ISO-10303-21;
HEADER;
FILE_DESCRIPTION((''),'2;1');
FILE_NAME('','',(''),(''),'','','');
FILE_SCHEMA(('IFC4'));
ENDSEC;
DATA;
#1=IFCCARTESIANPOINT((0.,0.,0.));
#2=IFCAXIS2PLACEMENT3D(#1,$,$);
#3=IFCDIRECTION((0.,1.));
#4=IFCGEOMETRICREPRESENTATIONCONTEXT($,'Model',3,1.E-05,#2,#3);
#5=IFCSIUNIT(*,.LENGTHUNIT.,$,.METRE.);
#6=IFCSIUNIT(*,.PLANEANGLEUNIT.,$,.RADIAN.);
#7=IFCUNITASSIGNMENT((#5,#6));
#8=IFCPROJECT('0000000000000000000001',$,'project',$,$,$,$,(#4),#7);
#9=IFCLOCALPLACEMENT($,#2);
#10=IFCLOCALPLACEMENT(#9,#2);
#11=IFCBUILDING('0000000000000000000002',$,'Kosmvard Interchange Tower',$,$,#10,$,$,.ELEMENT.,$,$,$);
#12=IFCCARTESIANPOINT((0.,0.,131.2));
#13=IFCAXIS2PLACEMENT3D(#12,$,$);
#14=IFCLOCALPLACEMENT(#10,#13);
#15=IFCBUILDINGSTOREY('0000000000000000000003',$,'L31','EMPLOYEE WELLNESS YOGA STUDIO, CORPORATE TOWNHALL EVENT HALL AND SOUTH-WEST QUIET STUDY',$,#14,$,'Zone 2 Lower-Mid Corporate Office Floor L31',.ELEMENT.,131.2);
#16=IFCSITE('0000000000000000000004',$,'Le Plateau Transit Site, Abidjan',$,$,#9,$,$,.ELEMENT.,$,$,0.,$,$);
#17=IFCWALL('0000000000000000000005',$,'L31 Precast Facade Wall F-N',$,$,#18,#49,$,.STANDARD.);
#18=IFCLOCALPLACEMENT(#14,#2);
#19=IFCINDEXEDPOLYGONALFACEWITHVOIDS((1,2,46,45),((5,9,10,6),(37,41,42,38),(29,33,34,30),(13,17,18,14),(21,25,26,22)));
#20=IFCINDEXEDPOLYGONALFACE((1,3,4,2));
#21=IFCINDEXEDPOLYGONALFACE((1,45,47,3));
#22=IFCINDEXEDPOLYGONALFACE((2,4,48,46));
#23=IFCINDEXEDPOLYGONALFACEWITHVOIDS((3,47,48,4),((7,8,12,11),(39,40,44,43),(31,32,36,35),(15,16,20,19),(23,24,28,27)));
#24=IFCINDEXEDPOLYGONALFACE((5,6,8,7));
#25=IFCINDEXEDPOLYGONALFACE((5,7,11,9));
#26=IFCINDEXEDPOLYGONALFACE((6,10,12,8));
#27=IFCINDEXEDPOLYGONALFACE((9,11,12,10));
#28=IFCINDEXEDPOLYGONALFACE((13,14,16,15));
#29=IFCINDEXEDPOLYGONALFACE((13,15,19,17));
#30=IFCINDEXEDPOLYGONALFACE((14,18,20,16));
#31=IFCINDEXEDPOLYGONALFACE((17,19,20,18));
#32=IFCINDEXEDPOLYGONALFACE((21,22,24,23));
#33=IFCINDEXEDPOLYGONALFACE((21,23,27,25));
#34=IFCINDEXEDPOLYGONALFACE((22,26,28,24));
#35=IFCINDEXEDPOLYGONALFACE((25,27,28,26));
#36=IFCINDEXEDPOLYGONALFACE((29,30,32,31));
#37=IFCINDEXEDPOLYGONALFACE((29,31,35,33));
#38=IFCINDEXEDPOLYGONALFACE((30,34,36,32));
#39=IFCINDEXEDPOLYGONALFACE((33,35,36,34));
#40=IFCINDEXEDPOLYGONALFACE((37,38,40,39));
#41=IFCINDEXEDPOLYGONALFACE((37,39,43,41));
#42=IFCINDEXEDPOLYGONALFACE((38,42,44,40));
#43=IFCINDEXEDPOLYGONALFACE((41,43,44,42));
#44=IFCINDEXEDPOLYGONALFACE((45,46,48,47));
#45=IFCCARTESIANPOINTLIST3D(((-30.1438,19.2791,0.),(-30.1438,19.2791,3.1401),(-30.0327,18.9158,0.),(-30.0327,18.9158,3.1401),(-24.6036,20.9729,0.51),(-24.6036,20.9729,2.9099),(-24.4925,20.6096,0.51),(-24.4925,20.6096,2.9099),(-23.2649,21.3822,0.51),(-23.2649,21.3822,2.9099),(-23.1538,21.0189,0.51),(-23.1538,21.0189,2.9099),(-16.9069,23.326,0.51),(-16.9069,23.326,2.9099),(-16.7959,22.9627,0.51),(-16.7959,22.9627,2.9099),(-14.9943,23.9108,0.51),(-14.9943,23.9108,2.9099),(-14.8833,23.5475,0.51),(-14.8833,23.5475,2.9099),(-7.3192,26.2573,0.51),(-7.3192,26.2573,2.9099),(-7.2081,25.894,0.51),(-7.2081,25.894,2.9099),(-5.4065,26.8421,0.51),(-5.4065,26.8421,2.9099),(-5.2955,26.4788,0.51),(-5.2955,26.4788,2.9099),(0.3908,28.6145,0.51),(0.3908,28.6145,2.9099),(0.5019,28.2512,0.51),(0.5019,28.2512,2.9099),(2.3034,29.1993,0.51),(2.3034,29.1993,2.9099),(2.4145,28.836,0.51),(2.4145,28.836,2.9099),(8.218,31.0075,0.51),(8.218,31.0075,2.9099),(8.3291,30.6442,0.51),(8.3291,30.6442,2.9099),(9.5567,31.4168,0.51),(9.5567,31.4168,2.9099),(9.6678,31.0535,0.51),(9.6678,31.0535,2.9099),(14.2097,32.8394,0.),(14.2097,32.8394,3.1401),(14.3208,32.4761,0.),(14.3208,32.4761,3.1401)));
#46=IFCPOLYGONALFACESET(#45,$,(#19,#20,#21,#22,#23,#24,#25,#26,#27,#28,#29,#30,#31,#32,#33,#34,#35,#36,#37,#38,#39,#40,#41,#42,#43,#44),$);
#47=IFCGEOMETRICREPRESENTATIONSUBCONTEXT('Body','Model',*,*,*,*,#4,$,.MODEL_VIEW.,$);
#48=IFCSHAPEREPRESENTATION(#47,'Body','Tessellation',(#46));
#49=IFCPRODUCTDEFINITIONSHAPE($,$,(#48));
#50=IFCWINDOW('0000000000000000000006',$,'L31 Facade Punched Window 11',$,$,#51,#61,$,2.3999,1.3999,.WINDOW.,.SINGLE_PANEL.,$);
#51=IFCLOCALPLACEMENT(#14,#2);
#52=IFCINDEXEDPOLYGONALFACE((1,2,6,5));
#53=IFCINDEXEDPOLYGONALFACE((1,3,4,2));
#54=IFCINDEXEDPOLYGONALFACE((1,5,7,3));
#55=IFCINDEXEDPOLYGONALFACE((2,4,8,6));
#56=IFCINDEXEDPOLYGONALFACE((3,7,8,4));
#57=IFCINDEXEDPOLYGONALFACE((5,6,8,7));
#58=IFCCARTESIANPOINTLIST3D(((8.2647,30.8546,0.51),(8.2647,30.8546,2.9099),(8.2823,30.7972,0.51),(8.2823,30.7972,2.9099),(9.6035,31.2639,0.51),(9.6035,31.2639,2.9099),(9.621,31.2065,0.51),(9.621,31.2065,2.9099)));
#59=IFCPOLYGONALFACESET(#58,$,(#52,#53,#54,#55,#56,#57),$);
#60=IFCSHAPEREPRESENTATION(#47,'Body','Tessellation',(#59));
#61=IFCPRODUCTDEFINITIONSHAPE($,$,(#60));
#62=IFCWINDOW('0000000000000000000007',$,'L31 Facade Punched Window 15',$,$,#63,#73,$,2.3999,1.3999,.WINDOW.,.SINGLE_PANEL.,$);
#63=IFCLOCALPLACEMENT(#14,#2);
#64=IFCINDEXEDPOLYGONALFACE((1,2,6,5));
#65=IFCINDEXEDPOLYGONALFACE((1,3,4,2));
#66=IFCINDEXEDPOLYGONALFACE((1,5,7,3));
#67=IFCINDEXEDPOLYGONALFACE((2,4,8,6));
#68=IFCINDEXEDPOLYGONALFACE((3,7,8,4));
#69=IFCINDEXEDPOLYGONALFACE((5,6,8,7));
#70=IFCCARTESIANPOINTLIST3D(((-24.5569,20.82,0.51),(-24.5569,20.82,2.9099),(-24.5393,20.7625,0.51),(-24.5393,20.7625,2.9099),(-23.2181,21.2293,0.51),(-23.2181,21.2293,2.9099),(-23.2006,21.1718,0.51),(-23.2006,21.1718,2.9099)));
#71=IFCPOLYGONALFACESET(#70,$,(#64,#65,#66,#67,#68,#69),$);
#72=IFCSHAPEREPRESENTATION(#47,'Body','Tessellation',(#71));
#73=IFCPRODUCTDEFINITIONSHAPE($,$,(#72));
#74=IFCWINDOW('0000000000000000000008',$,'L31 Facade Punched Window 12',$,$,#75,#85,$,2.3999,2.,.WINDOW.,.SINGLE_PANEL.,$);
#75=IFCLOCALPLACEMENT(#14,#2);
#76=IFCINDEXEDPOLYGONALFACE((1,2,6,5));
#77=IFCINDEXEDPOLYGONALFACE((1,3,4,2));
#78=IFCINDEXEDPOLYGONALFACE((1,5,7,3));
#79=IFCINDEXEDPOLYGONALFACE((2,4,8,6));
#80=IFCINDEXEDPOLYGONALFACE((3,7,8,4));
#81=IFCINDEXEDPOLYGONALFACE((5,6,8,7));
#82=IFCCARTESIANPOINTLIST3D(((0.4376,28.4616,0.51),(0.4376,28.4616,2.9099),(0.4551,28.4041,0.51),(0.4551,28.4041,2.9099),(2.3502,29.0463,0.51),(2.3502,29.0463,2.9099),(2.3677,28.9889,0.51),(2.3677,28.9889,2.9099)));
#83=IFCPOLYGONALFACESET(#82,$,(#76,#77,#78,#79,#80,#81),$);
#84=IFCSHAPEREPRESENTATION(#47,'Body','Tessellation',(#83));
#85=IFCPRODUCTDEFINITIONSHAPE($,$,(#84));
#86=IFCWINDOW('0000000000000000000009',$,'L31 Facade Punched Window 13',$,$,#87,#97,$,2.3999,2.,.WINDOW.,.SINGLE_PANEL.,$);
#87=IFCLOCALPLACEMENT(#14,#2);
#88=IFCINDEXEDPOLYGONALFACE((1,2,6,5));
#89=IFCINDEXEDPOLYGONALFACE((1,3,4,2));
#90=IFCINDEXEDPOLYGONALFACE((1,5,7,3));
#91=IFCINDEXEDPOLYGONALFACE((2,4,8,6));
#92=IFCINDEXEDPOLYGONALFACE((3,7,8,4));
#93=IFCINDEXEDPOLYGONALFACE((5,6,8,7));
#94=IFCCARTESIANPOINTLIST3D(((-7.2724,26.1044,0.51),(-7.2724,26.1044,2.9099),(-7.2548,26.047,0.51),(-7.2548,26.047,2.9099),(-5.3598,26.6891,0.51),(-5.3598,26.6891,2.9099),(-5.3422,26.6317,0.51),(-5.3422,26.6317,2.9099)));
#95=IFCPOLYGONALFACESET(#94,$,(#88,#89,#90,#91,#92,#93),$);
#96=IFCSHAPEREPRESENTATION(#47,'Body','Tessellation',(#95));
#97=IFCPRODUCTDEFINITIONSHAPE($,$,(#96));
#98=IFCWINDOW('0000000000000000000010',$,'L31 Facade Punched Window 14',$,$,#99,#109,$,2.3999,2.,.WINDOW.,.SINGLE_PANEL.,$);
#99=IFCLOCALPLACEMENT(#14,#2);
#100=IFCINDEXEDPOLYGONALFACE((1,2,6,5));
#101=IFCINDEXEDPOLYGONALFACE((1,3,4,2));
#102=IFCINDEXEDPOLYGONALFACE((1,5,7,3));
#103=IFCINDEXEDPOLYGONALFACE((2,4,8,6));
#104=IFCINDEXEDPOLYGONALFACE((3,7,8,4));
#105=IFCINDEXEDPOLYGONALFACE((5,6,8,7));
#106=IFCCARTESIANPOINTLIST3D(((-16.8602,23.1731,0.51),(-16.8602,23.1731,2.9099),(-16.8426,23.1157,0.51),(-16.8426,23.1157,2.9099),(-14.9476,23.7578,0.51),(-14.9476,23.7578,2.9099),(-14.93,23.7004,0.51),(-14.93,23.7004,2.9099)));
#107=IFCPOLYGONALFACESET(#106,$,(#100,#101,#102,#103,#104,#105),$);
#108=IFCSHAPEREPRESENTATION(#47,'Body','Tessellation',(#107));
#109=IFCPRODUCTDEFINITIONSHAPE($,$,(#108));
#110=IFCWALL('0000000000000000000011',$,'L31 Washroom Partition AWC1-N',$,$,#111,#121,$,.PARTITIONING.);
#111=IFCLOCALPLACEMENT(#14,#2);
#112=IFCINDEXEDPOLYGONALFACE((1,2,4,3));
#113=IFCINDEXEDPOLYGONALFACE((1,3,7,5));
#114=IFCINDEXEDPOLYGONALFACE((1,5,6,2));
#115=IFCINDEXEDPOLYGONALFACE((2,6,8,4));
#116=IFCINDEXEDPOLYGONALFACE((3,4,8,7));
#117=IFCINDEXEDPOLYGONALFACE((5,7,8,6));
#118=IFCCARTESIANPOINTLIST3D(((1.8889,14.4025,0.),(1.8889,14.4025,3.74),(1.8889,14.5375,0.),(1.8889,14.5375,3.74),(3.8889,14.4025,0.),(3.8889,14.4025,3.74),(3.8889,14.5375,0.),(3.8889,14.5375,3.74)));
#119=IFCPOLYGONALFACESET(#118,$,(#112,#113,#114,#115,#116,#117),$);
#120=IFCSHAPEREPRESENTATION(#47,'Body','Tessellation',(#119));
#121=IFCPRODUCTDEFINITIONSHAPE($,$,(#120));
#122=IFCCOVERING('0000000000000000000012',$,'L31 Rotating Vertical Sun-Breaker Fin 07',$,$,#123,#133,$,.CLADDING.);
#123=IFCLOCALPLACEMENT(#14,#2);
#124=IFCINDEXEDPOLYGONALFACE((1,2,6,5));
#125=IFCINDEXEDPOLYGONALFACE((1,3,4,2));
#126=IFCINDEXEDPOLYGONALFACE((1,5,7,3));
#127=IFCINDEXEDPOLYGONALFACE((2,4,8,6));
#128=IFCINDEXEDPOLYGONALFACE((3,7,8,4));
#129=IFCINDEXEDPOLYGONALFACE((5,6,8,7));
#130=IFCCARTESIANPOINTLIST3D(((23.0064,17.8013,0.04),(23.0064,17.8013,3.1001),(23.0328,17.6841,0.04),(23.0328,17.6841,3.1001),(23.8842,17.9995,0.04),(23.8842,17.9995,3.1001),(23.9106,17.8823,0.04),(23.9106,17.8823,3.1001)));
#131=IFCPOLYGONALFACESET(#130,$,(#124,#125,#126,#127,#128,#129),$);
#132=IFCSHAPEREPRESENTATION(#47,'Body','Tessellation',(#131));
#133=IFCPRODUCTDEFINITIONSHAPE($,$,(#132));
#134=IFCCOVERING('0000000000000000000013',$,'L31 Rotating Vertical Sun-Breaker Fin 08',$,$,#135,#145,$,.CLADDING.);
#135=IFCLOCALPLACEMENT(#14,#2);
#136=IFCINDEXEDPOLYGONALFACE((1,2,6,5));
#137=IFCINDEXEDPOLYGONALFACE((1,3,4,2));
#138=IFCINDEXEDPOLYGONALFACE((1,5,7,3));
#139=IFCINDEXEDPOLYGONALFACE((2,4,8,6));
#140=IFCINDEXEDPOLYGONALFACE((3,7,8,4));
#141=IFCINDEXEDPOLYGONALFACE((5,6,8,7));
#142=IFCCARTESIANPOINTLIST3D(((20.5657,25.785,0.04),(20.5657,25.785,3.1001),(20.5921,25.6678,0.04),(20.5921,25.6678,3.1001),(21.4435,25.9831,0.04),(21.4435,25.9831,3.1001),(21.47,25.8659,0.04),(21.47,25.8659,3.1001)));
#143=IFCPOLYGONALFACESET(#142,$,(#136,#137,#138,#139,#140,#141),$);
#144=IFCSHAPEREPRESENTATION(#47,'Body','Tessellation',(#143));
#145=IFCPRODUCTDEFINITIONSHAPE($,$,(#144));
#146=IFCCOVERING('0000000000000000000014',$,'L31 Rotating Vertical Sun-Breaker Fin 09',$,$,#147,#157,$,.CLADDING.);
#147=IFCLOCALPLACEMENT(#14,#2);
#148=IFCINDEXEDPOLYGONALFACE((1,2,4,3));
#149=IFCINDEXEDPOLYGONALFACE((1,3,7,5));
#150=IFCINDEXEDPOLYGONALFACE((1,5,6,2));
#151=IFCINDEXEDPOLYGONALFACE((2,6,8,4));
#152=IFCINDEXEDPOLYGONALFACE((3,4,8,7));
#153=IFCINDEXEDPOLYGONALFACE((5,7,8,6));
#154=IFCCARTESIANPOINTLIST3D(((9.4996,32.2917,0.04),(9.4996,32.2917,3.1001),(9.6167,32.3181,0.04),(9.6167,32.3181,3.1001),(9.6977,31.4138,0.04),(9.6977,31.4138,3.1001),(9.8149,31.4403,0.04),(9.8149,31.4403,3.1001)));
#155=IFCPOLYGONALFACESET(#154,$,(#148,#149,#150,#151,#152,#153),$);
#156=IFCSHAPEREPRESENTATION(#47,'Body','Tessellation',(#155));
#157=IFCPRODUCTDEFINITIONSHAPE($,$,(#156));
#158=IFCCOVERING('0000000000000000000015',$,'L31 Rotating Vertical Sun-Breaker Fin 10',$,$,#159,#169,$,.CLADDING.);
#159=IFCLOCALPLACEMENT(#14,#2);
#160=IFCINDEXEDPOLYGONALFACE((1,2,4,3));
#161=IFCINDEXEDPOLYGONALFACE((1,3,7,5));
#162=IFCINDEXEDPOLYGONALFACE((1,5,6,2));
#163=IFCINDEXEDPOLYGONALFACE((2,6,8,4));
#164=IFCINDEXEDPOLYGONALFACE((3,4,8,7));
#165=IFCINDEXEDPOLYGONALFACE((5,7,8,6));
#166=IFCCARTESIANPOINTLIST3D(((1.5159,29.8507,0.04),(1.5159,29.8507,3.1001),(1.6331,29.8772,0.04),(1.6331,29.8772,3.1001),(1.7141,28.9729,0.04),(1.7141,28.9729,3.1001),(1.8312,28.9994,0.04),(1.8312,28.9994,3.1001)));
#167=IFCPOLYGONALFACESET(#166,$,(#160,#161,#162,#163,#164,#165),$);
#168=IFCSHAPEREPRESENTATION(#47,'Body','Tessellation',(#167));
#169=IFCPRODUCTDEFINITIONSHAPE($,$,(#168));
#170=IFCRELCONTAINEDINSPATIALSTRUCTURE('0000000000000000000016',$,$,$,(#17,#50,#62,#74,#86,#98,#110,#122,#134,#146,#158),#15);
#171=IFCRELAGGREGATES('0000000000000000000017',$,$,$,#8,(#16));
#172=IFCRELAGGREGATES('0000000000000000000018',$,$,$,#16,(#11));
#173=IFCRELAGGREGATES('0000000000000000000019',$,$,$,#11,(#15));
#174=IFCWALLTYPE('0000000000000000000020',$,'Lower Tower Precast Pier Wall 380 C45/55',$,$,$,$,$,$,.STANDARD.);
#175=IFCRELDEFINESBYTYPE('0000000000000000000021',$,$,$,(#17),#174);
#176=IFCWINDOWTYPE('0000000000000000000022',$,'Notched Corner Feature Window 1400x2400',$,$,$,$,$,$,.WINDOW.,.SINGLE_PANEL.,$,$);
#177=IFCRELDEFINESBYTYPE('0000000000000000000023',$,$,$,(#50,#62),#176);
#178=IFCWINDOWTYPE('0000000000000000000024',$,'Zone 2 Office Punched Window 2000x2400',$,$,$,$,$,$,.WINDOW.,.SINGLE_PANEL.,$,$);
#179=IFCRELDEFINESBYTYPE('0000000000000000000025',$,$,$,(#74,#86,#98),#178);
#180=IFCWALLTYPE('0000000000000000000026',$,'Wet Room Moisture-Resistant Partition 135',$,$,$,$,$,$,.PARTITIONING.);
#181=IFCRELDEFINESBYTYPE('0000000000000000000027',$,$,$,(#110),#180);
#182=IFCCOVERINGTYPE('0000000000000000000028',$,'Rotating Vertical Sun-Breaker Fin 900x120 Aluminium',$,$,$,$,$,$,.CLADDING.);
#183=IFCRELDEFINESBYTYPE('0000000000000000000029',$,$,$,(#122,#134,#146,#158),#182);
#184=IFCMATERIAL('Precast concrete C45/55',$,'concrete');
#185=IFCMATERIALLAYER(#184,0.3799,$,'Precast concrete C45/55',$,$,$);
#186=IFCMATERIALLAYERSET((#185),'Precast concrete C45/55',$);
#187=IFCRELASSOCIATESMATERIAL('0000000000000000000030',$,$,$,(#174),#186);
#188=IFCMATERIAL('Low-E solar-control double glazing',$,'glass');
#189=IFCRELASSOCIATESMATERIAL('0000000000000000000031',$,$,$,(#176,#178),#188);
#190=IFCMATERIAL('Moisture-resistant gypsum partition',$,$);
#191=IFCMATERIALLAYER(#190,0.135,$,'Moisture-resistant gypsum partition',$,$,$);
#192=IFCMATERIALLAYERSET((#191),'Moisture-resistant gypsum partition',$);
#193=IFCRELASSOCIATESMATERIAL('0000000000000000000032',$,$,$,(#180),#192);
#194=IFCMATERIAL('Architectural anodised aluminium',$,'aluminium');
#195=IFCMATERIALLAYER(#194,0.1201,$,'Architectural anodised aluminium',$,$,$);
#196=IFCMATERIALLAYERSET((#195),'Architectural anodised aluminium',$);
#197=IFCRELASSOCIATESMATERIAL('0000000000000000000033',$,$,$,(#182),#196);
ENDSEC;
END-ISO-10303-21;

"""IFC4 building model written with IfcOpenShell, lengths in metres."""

from ifc_helpers import new_model, si_unit, direction, frame, frame_2d, origin, origin_2d, place, context, subcontext, project, spatial, rectangle, extrude, source, transform, mapped, material, layer, layer_set, type_object, element, fill, save


model = new_model("IFC4")

# Units and contexts
model_context = context("Model", 3, precision=1e-05, world=origin(), true_north=direction((0.0, 1.0)))
body_context = subcontext(model_context, "Body", "Model", "MODEL_VIEW")
ifc_project = project(units=[si_unit("LENGTHUNIT", "METRE"), si_unit("PLANEANGLEUNIT", "RADIAN")], contexts=[model_context])

# Site, building, storey
site_placement = place(None, origin())
site = spatial("IfcSite", under=ifc_project, at=site_placement, Name="Le Plateau Transit Site, Abidjan", CompositionType="ELEMENT", RefElevation=0.0)
building_placement = place(site_placement, origin())
building = spatial("IfcBuilding", under=site, at=building_placement, Name="Kosmvard Interchange Tower", CompositionType="ELEMENT")
storey_placement = place(building_placement, frame((0.0, 0.0, 131.2)))
storey = spatial("IfcBuildingStorey", under=building, at=storey_placement, Name="L31", Description="EMPLOYEE WELLNESS YOGA STUDIO, CORPORATE TOWNHALL EVENT HALL AND SOUTH-WEST QUIET STUDY", LongName="Zone 2 Lower-Mid Corporate Office Floor L31", CompositionType="ELEMENT", Elevation=131.2)

# Shared definitions
ifc_material_1 = material(Name="Precast concrete C45/55", Category="concrete")

# Shared definitions
ifc_layer_1 = layer(ifc_material_1, 0.3799, Name="Precast concrete C45/55")
ifc_layer_set_1 = layer_set([ifc_layer_1], Name="Precast concrete C45/55")
wall_type_1 = type_object("IfcWallType", Name="Lower Tower Precast Pier Wall 380 C45/55", PredefinedType="STANDARD", material=ifc_layer_set_1)

# Shared definitions
ifc_material_2 = material(Name="Low-E solar-control double glazing", Category="glass")
window_type_1 = type_object("IfcWindowType", Name="Notched Corner Feature Window 1400x2400", PartitioningType="SINGLE_PANEL", PredefinedType="WINDOW", material=ifc_material_2)
shared_shape_1 = source(origin(), body_context, "Body", "SweptSolid", [
    extrude(rectangle(XDim=1.3999, YDim=2.3999, at=frame_2d((0.7, 1.2))), frame((0.0, 0.03, 0.0), z_axis=(0.0, -1.0, 0.0), x_axis=(1.0, 0.0, 0.0)), (0.0, 0.0, 1.0), 0.0601),
])

# Wall, openings, windows
wall_1_placement = place(storey_placement, frame((14.2651, 32.6577, 0.0), z_axis=(0.0, 0.0, 1.0), x_axis=(-0.956304, -0.292373, 0.0)))
wall_1 = element("IfcWall", 1, at=wall_1_placement, inside=storey, type_object=wall_type_1, Name="L31 Precast Facade Wall F-N", PredefinedType="STANDARD", context=body_context, shape_type="SweptSolid", body=[
    extrude(rectangle(XDim=46.3801, YDim=0.3799, at=frame_2d((23.1899, 0.0))), origin(), (0.0, 0.0, 1.0), 3.1401),
])
opening_1_placement = place(wall_1_placement, frame((4.8655, 0.0, 0.51)))
opening_1 = element("IfcOpeningElement", 2, at=opening_1_placement, cuts=wall_1, PredefinedType="OPENING", context=body_context, shape_type="SweptSolid", body=[
    extrude(rectangle(XDim=1.3999, YDim=2.3999, at=frame_2d((0.7, 1.2))), frame((0.0, 0.2, 0.0), z_axis=(0.0, -1.0, 0.0), x_axis=(1.0, 0.0, 0.0)), (0.0, 0.0, 1.0), 0.3999),
])
opening_2_placement = place(wall_1_placement, frame((12.4502, 0.0, 0.51)))
opening_2 = element("IfcOpeningElement", 3, at=opening_2_placement, cuts=wall_1, PredefinedType="OPENING", context=body_context, shape_type="SweptSolid", body=[
    extrude(rectangle(XDim=2.0, YDim=2.3999, at=frame_2d((1.0, 1.2))), frame((0.0, 0.2, 0.0), z_axis=(0.0, -1.0, 0.0), x_axis=(1.0, 0.0, 0.0)), (0.0, 0.0, 1.0), 0.3999),
])
opening_3_placement = place(wall_1_placement, frame((20.5125, 0.0, 0.51)))
opening_3 = element("IfcOpeningElement", 4, at=opening_3_placement, cuts=wall_1, PredefinedType="OPENING", context=body_context, shape_type="SweptSolid", body=[
    extrude(rectangle(XDim=2.0, YDim=2.3999, at=frame_2d((1.0, 1.2))), frame((0.0, 0.2, 0.0), z_axis=(0.0, -1.0, 0.0), x_axis=(1.0, 0.0, 0.0)), (0.0, 0.0, 1.0), 0.3999),
])
opening_4_placement = place(wall_1_placement, frame((30.5383, 0.0, 0.51)))
opening_4 = element("IfcOpeningElement", 5, at=opening_4_placement, cuts=wall_1, PredefinedType="OPENING", context=body_context, shape_type="SweptSolid", body=[
    extrude(rectangle(XDim=2.0, YDim=2.3999, at=frame_2d((1.0, 1.2))), frame((0.0, 0.2, 0.0), z_axis=(0.0, -1.0, 0.0), x_axis=(1.0, 0.0, 0.0)), (0.0, 0.0, 1.0), 0.3999),
])
opening_5_placement = place(wall_1_placement, frame((39.1868, 0.0, 0.51)))
opening_5 = element("IfcOpeningElement", 6, at=opening_5_placement, cuts=wall_1, PredefinedType="OPENING", context=body_context, shape_type="SweptSolid", body=[
    extrude(rectangle(XDim=1.3999, YDim=2.3999, at=frame_2d((0.7, 1.2))), frame((0.0, 0.2, 0.0), z_axis=(0.0, -1.0, 0.0), x_axis=(1.0, 0.0, 0.0)), (0.0, 0.0, 1.0), 0.3999),
])
window_1_placement = place(opening_1_placement, origin())
window_1 = element("IfcWindow", 7, at=window_1_placement, inside=storey, type_object=window_type_1, Name="L31 Facade Punched Window 11", OverallHeight=2.3999, OverallWidth=1.3999, PartitioningType="SINGLE_PANEL", PredefinedType="WINDOW", context=body_context, shape_type="MappedRepresentation", body=[
    mapped(shared_shape_1, transform((0.0, 0.0, 0.0), scale=1.0)),
])
fill(opening_1, window_1)
window_2_placement = place(opening_5_placement, origin())
window_2 = element("IfcWindow", 8, at=window_2_placement, inside=storey, type_object=window_type_1, Name="L31 Facade Punched Window 15", OverallHeight=2.3999, OverallWidth=1.3999, PartitioningType="SINGLE_PANEL", PredefinedType="WINDOW", context=body_context, shape_type="MappedRepresentation", body=[
    mapped(shared_shape_1, transform((0.0, 0.0, 0.0), scale=1.0)),
])
fill(opening_5, window_2)
window_type_2 = type_object("IfcWindowType", Name="Zone 2 Office Punched Window 2000x2400", PartitioningType="SINGLE_PANEL", PredefinedType="WINDOW", material=ifc_material_2)
shared_shape_2 = source(origin(), body_context, "Body", "SweptSolid", [
    extrude(rectangle(XDim=2.0, YDim=2.3999, at=frame_2d((1.0, 1.2))), frame((0.0, 0.03, 0.0), z_axis=(0.0, -1.0, 0.0), x_axis=(1.0, 0.0, 0.0)), (0.0, 0.0, 1.0), 0.0601),
])
window_3_placement = place(opening_2_placement, origin())
window_3 = element("IfcWindow", 9, at=window_3_placement, inside=storey, type_object=window_type_2, Name="L31 Facade Punched Window 12", OverallHeight=2.3999, OverallWidth=2.0, PartitioningType="SINGLE_PANEL", PredefinedType="WINDOW", context=body_context, shape_type="MappedRepresentation", body=[
    mapped(shared_shape_2, transform((0.0, 0.0, 0.0), scale=1.0)),
])
fill(opening_2, window_3)
window_4_placement = place(opening_3_placement, origin())
window_4 = element("IfcWindow", 10, at=window_4_placement, inside=storey, type_object=window_type_2, Name="L31 Facade Punched Window 13", OverallHeight=2.3999, OverallWidth=2.0, PartitioningType="SINGLE_PANEL", PredefinedType="WINDOW", context=body_context, shape_type="MappedRepresentation", body=[
    mapped(shared_shape_2, transform((0.0, 0.0, 0.0), scale=1.0)),
])
fill(opening_3, window_4)
window_5_placement = place(opening_4_placement, origin())
window_5 = element("IfcWindow", 11, at=window_5_placement, inside=storey, type_object=window_type_2, Name="L31 Facade Punched Window 14", OverallHeight=2.3999, OverallWidth=2.0, PartitioningType="SINGLE_PANEL", PredefinedType="WINDOW", context=body_context, shape_type="MappedRepresentation", body=[
    mapped(shared_shape_2, transform((0.0, 0.0, 0.0), scale=1.0)),
])
fill(opening_4, window_5)

# Wall
ifc_material_3 = material(Name="Moisture-resistant gypsum partition")
ifc_layer_2 = layer(ifc_material_3, 0.135, Name="Moisture-resistant gypsum partition")
ifc_layer_set_2 = layer_set([ifc_layer_2], Name="Moisture-resistant gypsum partition")
wall_type_2 = type_object("IfcWallType", Name="Wet Room Moisture-Resistant Partition 135", PredefinedType="PARTITIONING", material=ifc_layer_set_2)
wall_2_placement = place(storey_placement, frame((1.8889, 14.47, 0.0), z_axis=(0.0, 0.0, 1.0), x_axis=(1.0, 0.0, 0.0)))
element("IfcWall", 12, at=wall_2_placement, inside=storey, type_object=wall_type_2, Name="L31 Washroom Partition AWC1-N", PredefinedType="PARTITIONING", context=body_context, shape_type="SweptSolid", body=[
    extrude(rectangle(XDim=2.0, YDim=0.135, at=frame_2d((1.0, 0.0))), origin(), (0.0, 0.0, 1.0), 3.74),
])

# Coverings
ifc_material_4 = material(Name="Architectural anodised aluminium", Category="aluminium")
ifc_layer_3 = layer(ifc_material_4, 0.1201, Name="Architectural anodised aluminium")
ifc_layer_set_3 = layer_set([ifc_layer_3], Name="Architectural anodised aluminium")
covering_type = type_object("IfcCoveringType", Name="Rotating Vertical Sun-Breaker Fin 900x120 Aluminium", PredefinedType="CLADDING", material=ifc_layer_set_3)
shared_shape_3 = source(origin(), body_context, "Body", "SweptSolid", [
    extrude(rectangle(XDim=0.8999, YDim=0.1201, at=origin_2d()), origin(), (0.0, 0.0, 1.0), 3.0601),
])
for number, where, z_axis, x_axis, name in (
    (13, (23.4585, 17.8418, 0.04), (0.0, 0.0, 1.0), (0.975458, 0.220187, 0.0), "L31 Rotating Vertical Sun-Breaker Fin 07"),
    (14, (21.0178, 25.8254, 0.04), (0.0, 0.0, 1.0), (0.975458, 0.220187, 0.0), "L31 Rotating Vertical Sun-Breaker Fin 08"),
    (15, (9.6572, 31.866, 0.04), (0.0, 0.0, 1.0), (-0.220187, 0.975458, 0.0), "L31 Rotating Vertical Sun-Breaker Fin 09"),
    (16, (1.6736, 29.425, 0.04), (0.0, 0.0, 1.0), (-0.220187, 0.975458, 0.0), "L31 Rotating Vertical Sun-Breaker Fin 10"),
):
    element("IfcCovering", number, at=place(storey_placement, frame(where, z_axis=z_axis, x_axis=x_axis)), inside=storey, type_object=covering_type, Name=name, PredefinedType="CLADDING", context=body_context, shape_type="MappedRepresentation", body=[
        mapped(shared_shape_3, transform((0.0, 0.0, 0.0), scale=1.0)),
    ])

save(model, "model.ifc")
